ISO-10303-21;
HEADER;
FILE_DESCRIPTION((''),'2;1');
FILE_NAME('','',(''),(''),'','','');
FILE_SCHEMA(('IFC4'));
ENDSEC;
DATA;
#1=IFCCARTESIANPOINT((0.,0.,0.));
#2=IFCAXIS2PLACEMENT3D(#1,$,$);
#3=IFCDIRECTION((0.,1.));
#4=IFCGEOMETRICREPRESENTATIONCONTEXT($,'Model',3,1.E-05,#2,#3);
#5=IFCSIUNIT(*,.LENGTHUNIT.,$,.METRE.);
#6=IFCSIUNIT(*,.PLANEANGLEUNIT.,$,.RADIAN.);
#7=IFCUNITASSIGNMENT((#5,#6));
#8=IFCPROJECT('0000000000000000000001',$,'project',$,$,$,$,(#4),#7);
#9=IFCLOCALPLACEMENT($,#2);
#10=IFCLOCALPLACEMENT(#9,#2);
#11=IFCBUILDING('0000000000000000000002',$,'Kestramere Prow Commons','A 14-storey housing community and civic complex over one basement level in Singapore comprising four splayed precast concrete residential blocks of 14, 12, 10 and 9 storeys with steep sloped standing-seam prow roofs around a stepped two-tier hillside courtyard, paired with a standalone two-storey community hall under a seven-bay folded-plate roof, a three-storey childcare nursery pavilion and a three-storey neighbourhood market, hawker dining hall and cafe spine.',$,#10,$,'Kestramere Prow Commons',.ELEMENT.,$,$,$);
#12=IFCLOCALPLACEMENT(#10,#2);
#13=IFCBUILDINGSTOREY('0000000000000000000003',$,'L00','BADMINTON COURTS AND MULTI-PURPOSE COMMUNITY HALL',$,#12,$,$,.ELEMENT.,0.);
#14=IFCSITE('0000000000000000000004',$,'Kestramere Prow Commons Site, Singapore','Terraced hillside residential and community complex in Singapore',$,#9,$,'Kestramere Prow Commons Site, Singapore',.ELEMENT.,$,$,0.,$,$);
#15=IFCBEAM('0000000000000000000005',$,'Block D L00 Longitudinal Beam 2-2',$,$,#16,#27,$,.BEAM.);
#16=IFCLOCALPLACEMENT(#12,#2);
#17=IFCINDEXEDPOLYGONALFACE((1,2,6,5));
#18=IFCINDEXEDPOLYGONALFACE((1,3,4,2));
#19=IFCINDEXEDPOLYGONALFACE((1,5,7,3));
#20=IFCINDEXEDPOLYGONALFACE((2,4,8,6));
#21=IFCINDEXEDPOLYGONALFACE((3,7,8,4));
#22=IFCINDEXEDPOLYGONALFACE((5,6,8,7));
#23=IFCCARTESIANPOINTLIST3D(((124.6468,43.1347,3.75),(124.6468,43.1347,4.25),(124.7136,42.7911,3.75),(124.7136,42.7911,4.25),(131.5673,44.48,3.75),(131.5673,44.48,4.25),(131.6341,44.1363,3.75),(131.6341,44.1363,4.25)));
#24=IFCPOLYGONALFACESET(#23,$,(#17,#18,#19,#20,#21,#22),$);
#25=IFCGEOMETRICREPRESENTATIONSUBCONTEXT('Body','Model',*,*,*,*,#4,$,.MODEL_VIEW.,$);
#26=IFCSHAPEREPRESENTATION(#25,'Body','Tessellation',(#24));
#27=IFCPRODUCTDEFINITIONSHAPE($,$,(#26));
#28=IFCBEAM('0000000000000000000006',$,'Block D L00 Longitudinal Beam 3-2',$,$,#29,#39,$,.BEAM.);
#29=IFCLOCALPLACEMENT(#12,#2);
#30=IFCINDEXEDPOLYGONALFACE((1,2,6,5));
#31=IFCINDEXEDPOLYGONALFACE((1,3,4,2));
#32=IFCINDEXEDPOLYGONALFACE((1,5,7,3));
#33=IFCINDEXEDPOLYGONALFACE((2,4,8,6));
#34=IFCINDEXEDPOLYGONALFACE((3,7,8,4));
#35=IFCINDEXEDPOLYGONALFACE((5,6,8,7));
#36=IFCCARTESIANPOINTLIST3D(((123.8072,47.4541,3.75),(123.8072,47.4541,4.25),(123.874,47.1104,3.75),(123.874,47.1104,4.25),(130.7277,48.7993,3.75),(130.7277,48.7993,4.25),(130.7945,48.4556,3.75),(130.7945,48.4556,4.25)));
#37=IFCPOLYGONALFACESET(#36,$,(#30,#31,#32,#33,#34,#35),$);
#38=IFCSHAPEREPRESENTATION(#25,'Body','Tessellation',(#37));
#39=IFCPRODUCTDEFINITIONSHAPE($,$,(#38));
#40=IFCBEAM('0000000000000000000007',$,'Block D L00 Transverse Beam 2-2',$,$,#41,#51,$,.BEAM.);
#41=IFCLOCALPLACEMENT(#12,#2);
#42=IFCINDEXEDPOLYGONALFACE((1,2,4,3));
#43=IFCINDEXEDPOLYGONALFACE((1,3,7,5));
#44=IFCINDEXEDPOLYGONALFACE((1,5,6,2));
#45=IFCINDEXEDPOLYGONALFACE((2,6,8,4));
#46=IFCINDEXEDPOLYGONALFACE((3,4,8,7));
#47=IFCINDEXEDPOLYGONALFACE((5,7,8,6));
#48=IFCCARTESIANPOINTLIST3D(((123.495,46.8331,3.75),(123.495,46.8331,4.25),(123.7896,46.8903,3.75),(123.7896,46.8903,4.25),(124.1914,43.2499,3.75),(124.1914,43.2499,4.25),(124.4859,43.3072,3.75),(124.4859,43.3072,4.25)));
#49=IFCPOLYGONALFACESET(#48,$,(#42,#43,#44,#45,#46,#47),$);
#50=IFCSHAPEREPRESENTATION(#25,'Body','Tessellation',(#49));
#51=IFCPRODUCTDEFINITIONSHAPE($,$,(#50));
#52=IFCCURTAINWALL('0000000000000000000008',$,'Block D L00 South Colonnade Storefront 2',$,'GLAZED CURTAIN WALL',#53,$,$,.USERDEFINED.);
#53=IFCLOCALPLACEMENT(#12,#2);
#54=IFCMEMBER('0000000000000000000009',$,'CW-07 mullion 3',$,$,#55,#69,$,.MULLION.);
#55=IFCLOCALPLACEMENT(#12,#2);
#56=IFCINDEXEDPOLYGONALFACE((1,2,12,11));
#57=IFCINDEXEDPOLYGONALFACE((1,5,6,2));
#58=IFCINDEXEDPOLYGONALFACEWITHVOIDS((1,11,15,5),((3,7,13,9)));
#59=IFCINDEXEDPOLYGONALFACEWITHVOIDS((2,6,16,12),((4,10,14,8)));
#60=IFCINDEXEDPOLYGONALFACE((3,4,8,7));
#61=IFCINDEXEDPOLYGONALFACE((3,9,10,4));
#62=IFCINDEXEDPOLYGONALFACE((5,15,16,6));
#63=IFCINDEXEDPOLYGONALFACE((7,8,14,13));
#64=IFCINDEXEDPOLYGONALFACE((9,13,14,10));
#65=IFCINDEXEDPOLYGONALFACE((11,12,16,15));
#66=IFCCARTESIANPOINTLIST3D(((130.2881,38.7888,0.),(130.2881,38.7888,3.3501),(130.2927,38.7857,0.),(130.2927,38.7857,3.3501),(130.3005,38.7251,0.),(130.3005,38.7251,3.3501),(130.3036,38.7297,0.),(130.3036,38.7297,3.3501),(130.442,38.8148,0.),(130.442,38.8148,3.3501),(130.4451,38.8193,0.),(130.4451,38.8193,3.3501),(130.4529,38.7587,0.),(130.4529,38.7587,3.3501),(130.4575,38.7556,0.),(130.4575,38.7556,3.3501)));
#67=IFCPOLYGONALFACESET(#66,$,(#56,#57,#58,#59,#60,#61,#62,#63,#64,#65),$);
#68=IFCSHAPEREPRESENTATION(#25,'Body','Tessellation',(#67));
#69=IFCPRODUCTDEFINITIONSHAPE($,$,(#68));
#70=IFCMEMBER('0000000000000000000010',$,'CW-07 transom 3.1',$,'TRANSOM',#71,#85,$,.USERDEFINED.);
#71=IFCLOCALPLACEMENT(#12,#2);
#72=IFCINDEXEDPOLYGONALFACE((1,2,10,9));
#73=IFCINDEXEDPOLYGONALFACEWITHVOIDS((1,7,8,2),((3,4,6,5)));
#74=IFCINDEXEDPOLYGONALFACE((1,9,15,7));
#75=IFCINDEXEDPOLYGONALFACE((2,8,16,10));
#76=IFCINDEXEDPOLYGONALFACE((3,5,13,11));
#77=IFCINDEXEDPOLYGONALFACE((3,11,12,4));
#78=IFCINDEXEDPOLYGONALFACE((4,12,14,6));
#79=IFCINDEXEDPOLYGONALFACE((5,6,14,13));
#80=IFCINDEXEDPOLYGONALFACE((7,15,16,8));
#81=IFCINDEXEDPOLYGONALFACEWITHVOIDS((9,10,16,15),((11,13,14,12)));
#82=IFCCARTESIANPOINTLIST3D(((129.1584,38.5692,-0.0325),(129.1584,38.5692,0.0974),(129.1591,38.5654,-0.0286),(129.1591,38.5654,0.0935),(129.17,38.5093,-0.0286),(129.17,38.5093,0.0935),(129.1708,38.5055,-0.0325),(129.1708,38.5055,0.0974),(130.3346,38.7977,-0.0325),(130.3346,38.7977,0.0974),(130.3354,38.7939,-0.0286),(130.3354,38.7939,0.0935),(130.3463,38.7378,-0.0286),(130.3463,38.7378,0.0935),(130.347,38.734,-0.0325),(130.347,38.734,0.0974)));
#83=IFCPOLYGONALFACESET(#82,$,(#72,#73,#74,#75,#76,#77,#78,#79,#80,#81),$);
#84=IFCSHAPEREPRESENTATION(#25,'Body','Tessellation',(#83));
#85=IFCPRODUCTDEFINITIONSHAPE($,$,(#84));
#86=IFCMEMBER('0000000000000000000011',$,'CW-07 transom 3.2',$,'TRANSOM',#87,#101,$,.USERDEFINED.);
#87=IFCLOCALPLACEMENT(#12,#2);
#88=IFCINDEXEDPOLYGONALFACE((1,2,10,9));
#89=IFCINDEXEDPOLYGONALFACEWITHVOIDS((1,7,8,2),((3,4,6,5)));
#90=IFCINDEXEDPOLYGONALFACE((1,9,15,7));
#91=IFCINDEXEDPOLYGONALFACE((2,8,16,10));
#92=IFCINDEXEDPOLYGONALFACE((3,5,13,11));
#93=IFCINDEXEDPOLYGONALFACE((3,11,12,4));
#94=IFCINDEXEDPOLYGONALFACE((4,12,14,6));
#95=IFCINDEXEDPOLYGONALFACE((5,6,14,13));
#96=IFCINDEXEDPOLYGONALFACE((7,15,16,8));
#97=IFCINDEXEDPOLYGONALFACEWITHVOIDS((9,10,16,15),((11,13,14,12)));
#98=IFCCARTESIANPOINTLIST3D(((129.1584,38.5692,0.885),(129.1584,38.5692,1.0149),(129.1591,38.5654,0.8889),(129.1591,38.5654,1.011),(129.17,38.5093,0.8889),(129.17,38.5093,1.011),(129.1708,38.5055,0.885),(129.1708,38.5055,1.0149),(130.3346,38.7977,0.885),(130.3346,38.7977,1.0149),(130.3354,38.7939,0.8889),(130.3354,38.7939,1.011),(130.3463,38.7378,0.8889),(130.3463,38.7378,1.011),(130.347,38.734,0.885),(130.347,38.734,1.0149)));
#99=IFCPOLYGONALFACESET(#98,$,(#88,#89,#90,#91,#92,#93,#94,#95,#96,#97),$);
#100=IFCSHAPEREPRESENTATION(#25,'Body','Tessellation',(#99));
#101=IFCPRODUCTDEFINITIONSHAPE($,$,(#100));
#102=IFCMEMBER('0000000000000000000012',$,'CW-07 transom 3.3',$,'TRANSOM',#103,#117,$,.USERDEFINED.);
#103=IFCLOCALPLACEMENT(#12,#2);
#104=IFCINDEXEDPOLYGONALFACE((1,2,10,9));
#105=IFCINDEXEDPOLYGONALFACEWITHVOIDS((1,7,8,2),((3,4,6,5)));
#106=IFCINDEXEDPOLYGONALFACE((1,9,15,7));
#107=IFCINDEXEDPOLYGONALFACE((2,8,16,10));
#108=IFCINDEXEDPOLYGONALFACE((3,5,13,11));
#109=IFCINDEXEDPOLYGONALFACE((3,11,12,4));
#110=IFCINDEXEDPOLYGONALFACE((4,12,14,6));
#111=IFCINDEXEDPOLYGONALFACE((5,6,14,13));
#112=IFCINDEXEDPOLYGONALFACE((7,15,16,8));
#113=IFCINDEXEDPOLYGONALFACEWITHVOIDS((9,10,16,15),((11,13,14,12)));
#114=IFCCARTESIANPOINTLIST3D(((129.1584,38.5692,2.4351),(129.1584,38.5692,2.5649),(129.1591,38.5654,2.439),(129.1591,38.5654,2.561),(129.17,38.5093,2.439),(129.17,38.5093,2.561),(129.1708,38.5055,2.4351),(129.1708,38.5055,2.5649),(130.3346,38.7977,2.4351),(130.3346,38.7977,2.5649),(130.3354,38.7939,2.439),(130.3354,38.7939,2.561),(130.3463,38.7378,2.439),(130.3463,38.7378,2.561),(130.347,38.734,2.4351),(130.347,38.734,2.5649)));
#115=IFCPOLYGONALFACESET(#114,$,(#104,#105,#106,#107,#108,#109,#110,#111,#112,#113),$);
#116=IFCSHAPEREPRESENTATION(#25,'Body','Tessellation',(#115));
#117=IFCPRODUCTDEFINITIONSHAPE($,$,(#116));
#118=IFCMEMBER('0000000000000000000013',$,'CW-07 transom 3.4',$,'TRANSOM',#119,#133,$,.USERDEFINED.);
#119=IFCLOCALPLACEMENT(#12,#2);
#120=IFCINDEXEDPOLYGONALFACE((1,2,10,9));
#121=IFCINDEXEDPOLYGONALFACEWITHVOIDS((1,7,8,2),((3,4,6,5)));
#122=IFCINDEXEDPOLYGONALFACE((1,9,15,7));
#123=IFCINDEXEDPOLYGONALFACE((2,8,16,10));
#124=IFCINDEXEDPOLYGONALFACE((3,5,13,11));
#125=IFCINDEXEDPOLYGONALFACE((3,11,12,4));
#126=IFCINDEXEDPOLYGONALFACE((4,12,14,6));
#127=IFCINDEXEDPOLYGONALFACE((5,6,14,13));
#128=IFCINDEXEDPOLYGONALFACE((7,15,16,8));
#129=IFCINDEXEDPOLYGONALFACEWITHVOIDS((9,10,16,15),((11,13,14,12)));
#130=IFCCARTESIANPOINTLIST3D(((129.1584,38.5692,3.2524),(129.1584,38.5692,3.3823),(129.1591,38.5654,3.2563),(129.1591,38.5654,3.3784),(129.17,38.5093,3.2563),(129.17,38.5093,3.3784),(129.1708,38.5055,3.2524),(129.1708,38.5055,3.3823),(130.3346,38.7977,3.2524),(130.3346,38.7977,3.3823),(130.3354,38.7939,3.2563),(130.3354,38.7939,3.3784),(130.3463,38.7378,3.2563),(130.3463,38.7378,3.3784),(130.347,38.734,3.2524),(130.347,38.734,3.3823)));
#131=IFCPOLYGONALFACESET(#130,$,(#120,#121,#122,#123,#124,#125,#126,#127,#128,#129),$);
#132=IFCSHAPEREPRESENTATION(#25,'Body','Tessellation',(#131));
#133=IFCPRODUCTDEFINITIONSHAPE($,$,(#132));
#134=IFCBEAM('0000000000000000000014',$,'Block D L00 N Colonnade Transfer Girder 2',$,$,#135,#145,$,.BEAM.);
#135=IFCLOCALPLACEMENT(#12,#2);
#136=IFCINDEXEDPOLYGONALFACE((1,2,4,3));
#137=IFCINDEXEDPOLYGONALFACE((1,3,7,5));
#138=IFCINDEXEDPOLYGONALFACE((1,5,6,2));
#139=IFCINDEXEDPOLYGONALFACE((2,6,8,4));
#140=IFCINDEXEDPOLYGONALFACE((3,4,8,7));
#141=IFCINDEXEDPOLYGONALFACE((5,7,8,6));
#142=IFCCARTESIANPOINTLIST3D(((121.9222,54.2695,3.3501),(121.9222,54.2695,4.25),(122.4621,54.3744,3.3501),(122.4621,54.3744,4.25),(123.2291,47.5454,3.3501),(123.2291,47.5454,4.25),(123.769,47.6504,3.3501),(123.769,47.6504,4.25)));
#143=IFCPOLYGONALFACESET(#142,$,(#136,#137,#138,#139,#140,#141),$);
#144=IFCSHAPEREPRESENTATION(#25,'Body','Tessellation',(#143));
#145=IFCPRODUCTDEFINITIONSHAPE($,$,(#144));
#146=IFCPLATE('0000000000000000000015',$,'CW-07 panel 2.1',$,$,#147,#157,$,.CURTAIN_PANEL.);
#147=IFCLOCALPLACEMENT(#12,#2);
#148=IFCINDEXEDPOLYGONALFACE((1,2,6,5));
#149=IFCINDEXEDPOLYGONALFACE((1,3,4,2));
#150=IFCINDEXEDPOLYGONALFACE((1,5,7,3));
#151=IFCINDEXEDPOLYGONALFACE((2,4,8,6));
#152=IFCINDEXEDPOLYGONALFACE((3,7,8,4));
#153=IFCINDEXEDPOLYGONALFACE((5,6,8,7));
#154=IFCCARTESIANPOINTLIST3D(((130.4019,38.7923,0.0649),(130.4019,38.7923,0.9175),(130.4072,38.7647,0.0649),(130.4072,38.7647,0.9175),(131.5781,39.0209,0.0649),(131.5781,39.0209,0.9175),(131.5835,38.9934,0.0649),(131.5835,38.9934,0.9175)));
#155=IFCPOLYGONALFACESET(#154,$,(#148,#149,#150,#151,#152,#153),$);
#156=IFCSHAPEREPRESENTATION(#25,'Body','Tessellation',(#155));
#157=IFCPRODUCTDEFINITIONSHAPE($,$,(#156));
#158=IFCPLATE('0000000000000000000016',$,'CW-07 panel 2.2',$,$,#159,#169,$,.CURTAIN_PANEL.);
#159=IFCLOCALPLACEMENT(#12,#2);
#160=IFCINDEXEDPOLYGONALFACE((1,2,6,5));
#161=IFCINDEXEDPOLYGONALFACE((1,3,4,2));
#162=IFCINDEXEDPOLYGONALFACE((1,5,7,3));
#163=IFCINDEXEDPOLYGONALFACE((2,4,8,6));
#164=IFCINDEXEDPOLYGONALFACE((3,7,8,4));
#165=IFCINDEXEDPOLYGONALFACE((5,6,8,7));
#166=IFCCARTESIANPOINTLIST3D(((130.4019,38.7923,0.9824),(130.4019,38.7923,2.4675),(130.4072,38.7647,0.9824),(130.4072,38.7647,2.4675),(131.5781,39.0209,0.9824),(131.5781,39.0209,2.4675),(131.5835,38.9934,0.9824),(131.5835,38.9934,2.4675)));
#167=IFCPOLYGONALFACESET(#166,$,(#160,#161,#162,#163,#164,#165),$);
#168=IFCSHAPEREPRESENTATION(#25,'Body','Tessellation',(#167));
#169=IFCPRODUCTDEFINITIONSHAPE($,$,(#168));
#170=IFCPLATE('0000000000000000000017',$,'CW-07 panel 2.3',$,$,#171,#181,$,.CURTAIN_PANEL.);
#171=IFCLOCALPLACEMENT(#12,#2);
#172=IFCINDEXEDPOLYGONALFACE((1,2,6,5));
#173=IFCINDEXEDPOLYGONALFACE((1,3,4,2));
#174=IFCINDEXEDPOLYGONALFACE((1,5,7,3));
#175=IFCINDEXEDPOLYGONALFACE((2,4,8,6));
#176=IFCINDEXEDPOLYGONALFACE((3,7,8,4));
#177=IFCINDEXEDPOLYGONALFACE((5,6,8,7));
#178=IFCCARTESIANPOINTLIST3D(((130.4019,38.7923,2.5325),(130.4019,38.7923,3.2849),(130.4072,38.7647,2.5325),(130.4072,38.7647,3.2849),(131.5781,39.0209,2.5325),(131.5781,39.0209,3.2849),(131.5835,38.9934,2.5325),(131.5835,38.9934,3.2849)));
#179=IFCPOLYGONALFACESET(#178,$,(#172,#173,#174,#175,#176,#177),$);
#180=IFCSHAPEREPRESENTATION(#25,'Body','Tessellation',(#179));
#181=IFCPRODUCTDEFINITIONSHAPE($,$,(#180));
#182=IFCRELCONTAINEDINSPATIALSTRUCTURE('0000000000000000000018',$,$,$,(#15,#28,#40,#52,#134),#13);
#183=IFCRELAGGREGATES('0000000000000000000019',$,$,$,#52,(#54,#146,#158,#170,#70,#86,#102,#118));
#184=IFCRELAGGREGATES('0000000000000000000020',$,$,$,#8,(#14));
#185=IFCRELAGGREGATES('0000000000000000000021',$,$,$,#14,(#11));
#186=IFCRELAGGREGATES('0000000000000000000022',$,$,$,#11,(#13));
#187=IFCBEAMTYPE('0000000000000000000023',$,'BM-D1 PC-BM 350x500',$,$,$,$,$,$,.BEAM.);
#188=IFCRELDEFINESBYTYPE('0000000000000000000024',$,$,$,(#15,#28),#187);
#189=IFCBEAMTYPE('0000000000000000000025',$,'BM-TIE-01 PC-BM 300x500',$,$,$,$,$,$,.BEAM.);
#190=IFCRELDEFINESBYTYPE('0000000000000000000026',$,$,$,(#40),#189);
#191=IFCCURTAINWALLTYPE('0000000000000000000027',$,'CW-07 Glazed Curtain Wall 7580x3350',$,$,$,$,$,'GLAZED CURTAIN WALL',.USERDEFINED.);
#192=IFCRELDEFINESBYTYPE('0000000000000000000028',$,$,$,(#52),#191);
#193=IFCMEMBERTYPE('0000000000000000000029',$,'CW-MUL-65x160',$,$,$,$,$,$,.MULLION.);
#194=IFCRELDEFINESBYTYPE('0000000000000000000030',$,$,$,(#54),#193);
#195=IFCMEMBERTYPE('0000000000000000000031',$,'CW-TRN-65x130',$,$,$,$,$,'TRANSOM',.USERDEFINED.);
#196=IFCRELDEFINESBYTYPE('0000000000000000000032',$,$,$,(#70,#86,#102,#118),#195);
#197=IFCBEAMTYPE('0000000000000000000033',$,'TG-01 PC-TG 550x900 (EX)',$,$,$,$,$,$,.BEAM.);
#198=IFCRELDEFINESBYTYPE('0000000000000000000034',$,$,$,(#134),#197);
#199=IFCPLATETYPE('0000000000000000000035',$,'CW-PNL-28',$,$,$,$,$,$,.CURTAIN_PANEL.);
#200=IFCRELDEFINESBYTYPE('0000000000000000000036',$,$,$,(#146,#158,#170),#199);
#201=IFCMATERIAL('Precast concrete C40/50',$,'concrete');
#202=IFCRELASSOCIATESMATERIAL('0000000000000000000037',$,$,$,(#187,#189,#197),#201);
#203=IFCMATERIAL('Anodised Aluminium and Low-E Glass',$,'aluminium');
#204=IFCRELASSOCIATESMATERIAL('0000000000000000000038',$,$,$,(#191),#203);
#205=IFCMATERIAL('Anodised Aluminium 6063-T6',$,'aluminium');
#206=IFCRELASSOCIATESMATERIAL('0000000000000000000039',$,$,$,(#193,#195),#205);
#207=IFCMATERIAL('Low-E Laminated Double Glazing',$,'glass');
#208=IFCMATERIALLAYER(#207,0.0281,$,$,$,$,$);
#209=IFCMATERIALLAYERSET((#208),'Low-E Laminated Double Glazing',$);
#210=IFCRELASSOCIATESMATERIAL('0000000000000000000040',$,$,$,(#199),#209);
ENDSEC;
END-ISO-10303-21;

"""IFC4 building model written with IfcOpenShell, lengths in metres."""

from ifc_helpers import new_model, si_unit, direction, frame, origin, origin_2d, place, context, subcontext, project, spatial, rectangle, hollow_rectangle, extrude, material, layer, layer_set, material_profile, profile_set, type_object, element, aggregate, save


model = new_model("IFC4")

# Units and contexts
model_context = context("Model", 3, precision=1e-05, world=origin(), true_north=direction((0.0, 1.0)))
body_context = subcontext(model_context, "Body", "Model", "MODEL_VIEW")
ifc_project = project(units=[si_unit("LENGTHUNIT", "METRE"), si_unit("PLANEANGLEUNIT", "RADIAN")], contexts=[model_context])

# Site, building, storey
site_placement = place(None, origin())
site = spatial("IfcSite", under=ifc_project, at=site_placement, Name="Kestramere Prow Commons Site, Singapore", Description="Terraced hillside residential and community complex in Singapore", LongName="Kestramere Prow Commons Site, Singapore", CompositionType="ELEMENT", RefElevation=0.0)
building_placement = place(site_placement, origin())
building = spatial("IfcBuilding", under=site, at=building_placement, Name="Kestramere Prow Commons", Description="A 14-storey housing community and civic complex over one basement level in Singapore comprising four splayed precast concrete residential blocks of 14, 12, 10 and 9 storeys with steep sloped standing-seam prow roofs around a stepped two-tier hillside courtyard, paired with a standalone two-storey community hall under a seven-bay folded-plate roof, a three-storey childcare nursery pavilion and a three-storey neighbourhood market, hawker dining hall and cafe spine.", LongName="Kestramere Prow Commons", CompositionType="ELEMENT")
storey_placement = place(building_placement, origin())
storey = spatial("IfcBuildingStorey", under=building, at=storey_placement, Name="L00", Description="BADMINTON COURTS AND MULTI-PURPOSE COMMUNITY HALL", CompositionType="ELEMENT", Elevation=0.0)

# Shared definitions
ifc_material_1 = material(Name="Precast concrete C40/50", Category="concrete")

# Beams
ifc_material_profile_1 = material_profile(ifc_material_1, rectangle(XDim=0.3501, YDim=0.5, at=origin_2d()), Name="PC-BM 350x500")
ifc_profile_set_1 = profile_set([ifc_material_profile_1], Name="Precast concrete C40/50")
beam_type_1 = type_object("IfcBeamType", Name="BM-D1 PC-BM 350x500", PredefinedType="BEAM", material=ifc_profile_set_1)
for number, where, z_axis, x_axis, name in (
    (1, (124.6802, 42.9629, 4.0), (0.981627, 0.190812, 0.0), (-0.190812, 0.981627, 0.0), "Block D L00 Longitudinal Beam 2-2"),
    (2, (123.8406, 47.2822, 4.0), (0.981627, 0.190812, 0.0), (-0.190812, 0.981627, 0.0), "Block D L00 Longitudinal Beam 3-2"),
):
    element("IfcBeam", number, at=place(storey_placement, frame(where, z_axis=z_axis, x_axis=x_axis)), inside=storey, type_object=beam_type_1, Name=name, PredefinedType="BEAM", context=body_context, shape_type="SweptSolid", body=[
        extrude(rectangle(XDim=0.3501, YDim=0.5, at=origin_2d()), origin(), (0.0, 0.0, 1.0), 7.05),
    ])
ifc_material_profile_2 = material_profile(ifc_material_1, rectangle(XDim=0.3, YDim=0.5, at=origin_2d()), Name="PC-BM 300x500")
ifc_profile_set_2 = profile_set([ifc_material_profile_2], Name="Precast concrete C40/50")
beam_type_2 = type_object("IfcBeamType", Name="BM-TIE-01 PC-BM 300x500", PredefinedType="BEAM", material=ifc_profile_set_2)
beam_1_placement = place(storey_placement, frame((124.3386, 43.2786, 4.0), z_axis=(-0.190762, 0.981636, 0.0), x_axis=(-0.981636, -0.190762, 0.0)))
element("IfcBeam", 3, at=beam_1_placement, inside=storey, type_object=beam_type_2, Name="Block D L00 Transverse Beam 2-2", PredefinedType="BEAM", context=body_context, shape_type="SweptSolid", body=[
    extrude(rectangle(XDim=0.3, YDim=0.5, at=origin_2d()), origin(), (0.0, 0.0, 1.0), 3.6501),
])

# Curtain wall, members
ifc_material_2 = material(Name="Anodised Aluminium and Low-E Glass", Category="aluminium")
curtain_wall_type = type_object("IfcCurtainWallType", Name="CW-07 Glazed Curtain Wall 7580x3350", ElementType="GLAZED CURTAIN WALL", PredefinedType="USERDEFINED", material=ifc_material_2)
curtain_wall_placement = place(storey_placement, origin())
curtain_wall = element("IfcCurtainWall", 4, at=curtain_wall_placement, inside=storey, type_object=curtain_wall_type, Name="Block D L00 South Colonnade Storefront 2", ObjectType="GLAZED CURTAIN WALL", PredefinedType="USERDEFINED")
ifc_material_3 = material(Name="Anodised Aluminium 6063-T6", Category="aluminium")
ifc_material_profile_3 = material_profile(ifc_material_3, hollow_rectangle(XDim=0.0649, YDim=0.1599, WallThickness=0.0039, at=origin_2d()), Name="ALU-MUL 65x160")
ifc_profile_set_3 = profile_set([ifc_material_profile_3], Name="Anodised Aluminium 6063-T6")
member_type_1 = type_object("IfcMemberType", Name="CW-MUL-65x160", PredefinedType="MULLION", material=ifc_profile_set_3)
member_1_placement = place(storey_placement, frame((130.3728, 38.7722, 0.0), z_axis=(0.0, 0.0, 1.0), x_axis=(0.190809, -0.981627, 0.0)))
member_1 = element("IfcMember", 5, at=member_1_placement, type_object=member_type_1, Name="CW-07 mullion 3", PredefinedType="MULLION", context=body_context, shape_type="SweptSolid", body=[
    extrude(hollow_rectangle(XDim=0.0649, YDim=0.1599, WallThickness=0.0039, at=origin_2d()), origin(), (0.0, 0.0, 1.0), 3.3501),
])
ifc_material_profile_4 = material_profile(ifc_material_3, hollow_rectangle(XDim=0.0649, YDim=0.1299, WallThickness=0.0039, at=origin_2d()), Name="ALU-TRN 65x130")
ifc_profile_set_4 = profile_set([ifc_material_profile_4], Name="Anodised Aluminium 6063-T6")
member_type_2 = type_object("IfcMemberType", Name="CW-TRN-65x130", ElementType="TRANSOM", PredefinedType="USERDEFINED", material=ifc_profile_set_4)
member_2_placement = place(storey_placement, frame((130.3408, 38.7659, 0.0325), z_axis=(-0.981647, -0.190706, 0.0), x_axis=(0.190706, -0.981647, 0.0)))
member_2 = element("IfcMember", 6, at=member_2_placement, type_object=member_type_2, Name="CW-07 transom 3.1", ObjectType="TRANSOM", PredefinedType="USERDEFINED", context=body_context, shape_type="SweptSolid", body=[
    extrude(hollow_rectangle(XDim=0.0649, YDim=0.1299, WallThickness=0.0039, at=origin_2d()), origin(), (0.0, 0.0, 1.0), 1.1982),
])
member_3_placement = place(storey_placement, frame((130.3408, 38.7659, 0.95), z_axis=(-0.981647, -0.190706, 0.0), x_axis=(0.190706, -0.981647, 0.0)))
member_3 = element("IfcMember", 7, at=member_3_placement, type_object=member_type_2, Name="CW-07 transom 3.2", ObjectType="TRANSOM", PredefinedType="USERDEFINED", context=body_context, shape_type="SweptSolid", body=[
    extrude(hollow_rectangle(XDim=0.0649, YDim=0.1299, WallThickness=0.0039, at=origin_2d()), origin(), (0.0, 0.0, 1.0), 1.1982),
])
member_4_placement = place(storey_placement, frame((130.3408, 38.7659, 2.5), z_axis=(-0.981647, -0.190706, 0.0), x_axis=(0.190706, -0.981647, 0.0)))
member_4 = element("IfcMember", 8, at=member_4_placement, type_object=member_type_2, Name="CW-07 transom 3.3", ObjectType="TRANSOM", PredefinedType="USERDEFINED", context=body_context, shape_type="SweptSolid", body=[
    extrude(hollow_rectangle(XDim=0.0649, YDim=0.1299, WallThickness=0.0039, at=origin_2d()), origin(), (0.0, 0.0, 1.0), 1.1982),
])
member_5_placement = place(storey_placement, frame((130.3408, 38.7659, 3.3174), z_axis=(-0.981647, -0.190706, 0.0), x_axis=(0.190706, -0.981647, 0.0)))
member_5 = element("IfcMember", 9, at=member_5_placement, type_object=member_type_2, Name="CW-07 transom 3.4", ObjectType="TRANSOM", PredefinedType="USERDEFINED", context=body_context, shape_type="SweptSolid", body=[
    extrude(hollow_rectangle(XDim=0.0649, YDim=0.1299, WallThickness=0.0039, at=origin_2d()), origin(), (0.0, 0.0, 1.0), 1.1982),
])

# Beam
ifc_material_profile_5 = material_profile(ifc_material_1, rectangle(XDim=0.55, YDim=0.8999, at=origin_2d()), Name="PC-TG 550x900")
ifc_profile_set_5 = profile_set([ifc_material_profile_5], Name="Precast concrete C40/50")
beam_type_3 = type_object("IfcBeamType", Name="TG-01 PC-TG 550x900 (EX)", PredefinedType="BEAM", material=ifc_profile_set_5)
beam_2_placement = place(storey_placement, frame((123.499, 47.5979, 3.8), z_axis=(-0.190788, 0.981631, 0.0), x_axis=(-0.981631, -0.190788, 0.0)))
element("IfcBeam", 10, at=beam_2_placement, inside=storey, type_object=beam_type_3, Name="Block D L00 N Colonnade Transfer Girder 2", PredefinedType="BEAM", context=body_context, shape_type="SweptSolid", body=[
    extrude(rectangle(XDim=0.55, YDim=0.8999, at=origin_2d()), origin(), (0.0, 0.0, 1.0), 6.8499),
])

# Plates
ifc_material_4 = material(Name="Low-E Laminated Double Glazing", Category="glass")
ifc_layer_1 = layer(ifc_material_4, 0.0281)
ifc_layer_set_1 = layer_set([ifc_layer_1], Name="Low-E Laminated Double Glazing")
plate_type = type_object("IfcPlateType", Name="CW-PNL-28", PredefinedType="CURTAIN_PANEL", material=ifc_layer_set_1)
plate_1_placement = place(storey_placement, frame((130.9927, 38.8928, 0.0649), z_axis=(0.0, 0.0, 1.0), x_axis=(-0.981627, -0.190809, 0.0)))
plate_1 = element("IfcPlate", 11, at=plate_1_placement, type_object=plate_type, Name="CW-07 panel 2.1", PredefinedType="CURTAIN_PANEL", context=body_context, shape_type="SweptSolid", body=[
    extrude(rectangle(XDim=1.1982, YDim=0.0281, at=origin_2d()), origin(), (0.0, 0.0, 1.0), 0.8525),
])
plate_2_placement = place(storey_placement, frame((130.9927, 38.8928, 0.9824), z_axis=(0.0, 0.0, 1.0), x_axis=(-0.981627, -0.190809, 0.0)))
plate_2 = element("IfcPlate", 12, at=plate_2_placement, type_object=plate_type, Name="CW-07 panel 2.2", PredefinedType="CURTAIN_PANEL", context=body_context, shape_type="SweptSolid", body=[
    extrude(rectangle(XDim=1.1982, YDim=0.0281, at=origin_2d()), origin(), (0.0, 0.0, 1.0), 1.4851),
])
plate_3_placement = place(storey_placement, frame((130.9927, 38.8928, 2.5325), z_axis=(0.0, 0.0, 1.0), x_axis=(-0.981627, -0.190809, 0.0)))
plate_3 = element("IfcPlate", 13, at=plate_3_placement, type_object=plate_type, Name="CW-07 panel 2.3", PredefinedType="CURTAIN_PANEL", context=body_context, shape_type="SweptSolid", body=[
    extrude(rectangle(XDim=1.1982, YDim=0.0281, at=origin_2d()), origin(), (0.0, 0.0, 1.0), 0.7524),
])
aggregate(curtain_wall, [member_1, plate_1, plate_2, plate_3, member_2, member_3, member_4, member_5])

save(model, "model.ifc")
